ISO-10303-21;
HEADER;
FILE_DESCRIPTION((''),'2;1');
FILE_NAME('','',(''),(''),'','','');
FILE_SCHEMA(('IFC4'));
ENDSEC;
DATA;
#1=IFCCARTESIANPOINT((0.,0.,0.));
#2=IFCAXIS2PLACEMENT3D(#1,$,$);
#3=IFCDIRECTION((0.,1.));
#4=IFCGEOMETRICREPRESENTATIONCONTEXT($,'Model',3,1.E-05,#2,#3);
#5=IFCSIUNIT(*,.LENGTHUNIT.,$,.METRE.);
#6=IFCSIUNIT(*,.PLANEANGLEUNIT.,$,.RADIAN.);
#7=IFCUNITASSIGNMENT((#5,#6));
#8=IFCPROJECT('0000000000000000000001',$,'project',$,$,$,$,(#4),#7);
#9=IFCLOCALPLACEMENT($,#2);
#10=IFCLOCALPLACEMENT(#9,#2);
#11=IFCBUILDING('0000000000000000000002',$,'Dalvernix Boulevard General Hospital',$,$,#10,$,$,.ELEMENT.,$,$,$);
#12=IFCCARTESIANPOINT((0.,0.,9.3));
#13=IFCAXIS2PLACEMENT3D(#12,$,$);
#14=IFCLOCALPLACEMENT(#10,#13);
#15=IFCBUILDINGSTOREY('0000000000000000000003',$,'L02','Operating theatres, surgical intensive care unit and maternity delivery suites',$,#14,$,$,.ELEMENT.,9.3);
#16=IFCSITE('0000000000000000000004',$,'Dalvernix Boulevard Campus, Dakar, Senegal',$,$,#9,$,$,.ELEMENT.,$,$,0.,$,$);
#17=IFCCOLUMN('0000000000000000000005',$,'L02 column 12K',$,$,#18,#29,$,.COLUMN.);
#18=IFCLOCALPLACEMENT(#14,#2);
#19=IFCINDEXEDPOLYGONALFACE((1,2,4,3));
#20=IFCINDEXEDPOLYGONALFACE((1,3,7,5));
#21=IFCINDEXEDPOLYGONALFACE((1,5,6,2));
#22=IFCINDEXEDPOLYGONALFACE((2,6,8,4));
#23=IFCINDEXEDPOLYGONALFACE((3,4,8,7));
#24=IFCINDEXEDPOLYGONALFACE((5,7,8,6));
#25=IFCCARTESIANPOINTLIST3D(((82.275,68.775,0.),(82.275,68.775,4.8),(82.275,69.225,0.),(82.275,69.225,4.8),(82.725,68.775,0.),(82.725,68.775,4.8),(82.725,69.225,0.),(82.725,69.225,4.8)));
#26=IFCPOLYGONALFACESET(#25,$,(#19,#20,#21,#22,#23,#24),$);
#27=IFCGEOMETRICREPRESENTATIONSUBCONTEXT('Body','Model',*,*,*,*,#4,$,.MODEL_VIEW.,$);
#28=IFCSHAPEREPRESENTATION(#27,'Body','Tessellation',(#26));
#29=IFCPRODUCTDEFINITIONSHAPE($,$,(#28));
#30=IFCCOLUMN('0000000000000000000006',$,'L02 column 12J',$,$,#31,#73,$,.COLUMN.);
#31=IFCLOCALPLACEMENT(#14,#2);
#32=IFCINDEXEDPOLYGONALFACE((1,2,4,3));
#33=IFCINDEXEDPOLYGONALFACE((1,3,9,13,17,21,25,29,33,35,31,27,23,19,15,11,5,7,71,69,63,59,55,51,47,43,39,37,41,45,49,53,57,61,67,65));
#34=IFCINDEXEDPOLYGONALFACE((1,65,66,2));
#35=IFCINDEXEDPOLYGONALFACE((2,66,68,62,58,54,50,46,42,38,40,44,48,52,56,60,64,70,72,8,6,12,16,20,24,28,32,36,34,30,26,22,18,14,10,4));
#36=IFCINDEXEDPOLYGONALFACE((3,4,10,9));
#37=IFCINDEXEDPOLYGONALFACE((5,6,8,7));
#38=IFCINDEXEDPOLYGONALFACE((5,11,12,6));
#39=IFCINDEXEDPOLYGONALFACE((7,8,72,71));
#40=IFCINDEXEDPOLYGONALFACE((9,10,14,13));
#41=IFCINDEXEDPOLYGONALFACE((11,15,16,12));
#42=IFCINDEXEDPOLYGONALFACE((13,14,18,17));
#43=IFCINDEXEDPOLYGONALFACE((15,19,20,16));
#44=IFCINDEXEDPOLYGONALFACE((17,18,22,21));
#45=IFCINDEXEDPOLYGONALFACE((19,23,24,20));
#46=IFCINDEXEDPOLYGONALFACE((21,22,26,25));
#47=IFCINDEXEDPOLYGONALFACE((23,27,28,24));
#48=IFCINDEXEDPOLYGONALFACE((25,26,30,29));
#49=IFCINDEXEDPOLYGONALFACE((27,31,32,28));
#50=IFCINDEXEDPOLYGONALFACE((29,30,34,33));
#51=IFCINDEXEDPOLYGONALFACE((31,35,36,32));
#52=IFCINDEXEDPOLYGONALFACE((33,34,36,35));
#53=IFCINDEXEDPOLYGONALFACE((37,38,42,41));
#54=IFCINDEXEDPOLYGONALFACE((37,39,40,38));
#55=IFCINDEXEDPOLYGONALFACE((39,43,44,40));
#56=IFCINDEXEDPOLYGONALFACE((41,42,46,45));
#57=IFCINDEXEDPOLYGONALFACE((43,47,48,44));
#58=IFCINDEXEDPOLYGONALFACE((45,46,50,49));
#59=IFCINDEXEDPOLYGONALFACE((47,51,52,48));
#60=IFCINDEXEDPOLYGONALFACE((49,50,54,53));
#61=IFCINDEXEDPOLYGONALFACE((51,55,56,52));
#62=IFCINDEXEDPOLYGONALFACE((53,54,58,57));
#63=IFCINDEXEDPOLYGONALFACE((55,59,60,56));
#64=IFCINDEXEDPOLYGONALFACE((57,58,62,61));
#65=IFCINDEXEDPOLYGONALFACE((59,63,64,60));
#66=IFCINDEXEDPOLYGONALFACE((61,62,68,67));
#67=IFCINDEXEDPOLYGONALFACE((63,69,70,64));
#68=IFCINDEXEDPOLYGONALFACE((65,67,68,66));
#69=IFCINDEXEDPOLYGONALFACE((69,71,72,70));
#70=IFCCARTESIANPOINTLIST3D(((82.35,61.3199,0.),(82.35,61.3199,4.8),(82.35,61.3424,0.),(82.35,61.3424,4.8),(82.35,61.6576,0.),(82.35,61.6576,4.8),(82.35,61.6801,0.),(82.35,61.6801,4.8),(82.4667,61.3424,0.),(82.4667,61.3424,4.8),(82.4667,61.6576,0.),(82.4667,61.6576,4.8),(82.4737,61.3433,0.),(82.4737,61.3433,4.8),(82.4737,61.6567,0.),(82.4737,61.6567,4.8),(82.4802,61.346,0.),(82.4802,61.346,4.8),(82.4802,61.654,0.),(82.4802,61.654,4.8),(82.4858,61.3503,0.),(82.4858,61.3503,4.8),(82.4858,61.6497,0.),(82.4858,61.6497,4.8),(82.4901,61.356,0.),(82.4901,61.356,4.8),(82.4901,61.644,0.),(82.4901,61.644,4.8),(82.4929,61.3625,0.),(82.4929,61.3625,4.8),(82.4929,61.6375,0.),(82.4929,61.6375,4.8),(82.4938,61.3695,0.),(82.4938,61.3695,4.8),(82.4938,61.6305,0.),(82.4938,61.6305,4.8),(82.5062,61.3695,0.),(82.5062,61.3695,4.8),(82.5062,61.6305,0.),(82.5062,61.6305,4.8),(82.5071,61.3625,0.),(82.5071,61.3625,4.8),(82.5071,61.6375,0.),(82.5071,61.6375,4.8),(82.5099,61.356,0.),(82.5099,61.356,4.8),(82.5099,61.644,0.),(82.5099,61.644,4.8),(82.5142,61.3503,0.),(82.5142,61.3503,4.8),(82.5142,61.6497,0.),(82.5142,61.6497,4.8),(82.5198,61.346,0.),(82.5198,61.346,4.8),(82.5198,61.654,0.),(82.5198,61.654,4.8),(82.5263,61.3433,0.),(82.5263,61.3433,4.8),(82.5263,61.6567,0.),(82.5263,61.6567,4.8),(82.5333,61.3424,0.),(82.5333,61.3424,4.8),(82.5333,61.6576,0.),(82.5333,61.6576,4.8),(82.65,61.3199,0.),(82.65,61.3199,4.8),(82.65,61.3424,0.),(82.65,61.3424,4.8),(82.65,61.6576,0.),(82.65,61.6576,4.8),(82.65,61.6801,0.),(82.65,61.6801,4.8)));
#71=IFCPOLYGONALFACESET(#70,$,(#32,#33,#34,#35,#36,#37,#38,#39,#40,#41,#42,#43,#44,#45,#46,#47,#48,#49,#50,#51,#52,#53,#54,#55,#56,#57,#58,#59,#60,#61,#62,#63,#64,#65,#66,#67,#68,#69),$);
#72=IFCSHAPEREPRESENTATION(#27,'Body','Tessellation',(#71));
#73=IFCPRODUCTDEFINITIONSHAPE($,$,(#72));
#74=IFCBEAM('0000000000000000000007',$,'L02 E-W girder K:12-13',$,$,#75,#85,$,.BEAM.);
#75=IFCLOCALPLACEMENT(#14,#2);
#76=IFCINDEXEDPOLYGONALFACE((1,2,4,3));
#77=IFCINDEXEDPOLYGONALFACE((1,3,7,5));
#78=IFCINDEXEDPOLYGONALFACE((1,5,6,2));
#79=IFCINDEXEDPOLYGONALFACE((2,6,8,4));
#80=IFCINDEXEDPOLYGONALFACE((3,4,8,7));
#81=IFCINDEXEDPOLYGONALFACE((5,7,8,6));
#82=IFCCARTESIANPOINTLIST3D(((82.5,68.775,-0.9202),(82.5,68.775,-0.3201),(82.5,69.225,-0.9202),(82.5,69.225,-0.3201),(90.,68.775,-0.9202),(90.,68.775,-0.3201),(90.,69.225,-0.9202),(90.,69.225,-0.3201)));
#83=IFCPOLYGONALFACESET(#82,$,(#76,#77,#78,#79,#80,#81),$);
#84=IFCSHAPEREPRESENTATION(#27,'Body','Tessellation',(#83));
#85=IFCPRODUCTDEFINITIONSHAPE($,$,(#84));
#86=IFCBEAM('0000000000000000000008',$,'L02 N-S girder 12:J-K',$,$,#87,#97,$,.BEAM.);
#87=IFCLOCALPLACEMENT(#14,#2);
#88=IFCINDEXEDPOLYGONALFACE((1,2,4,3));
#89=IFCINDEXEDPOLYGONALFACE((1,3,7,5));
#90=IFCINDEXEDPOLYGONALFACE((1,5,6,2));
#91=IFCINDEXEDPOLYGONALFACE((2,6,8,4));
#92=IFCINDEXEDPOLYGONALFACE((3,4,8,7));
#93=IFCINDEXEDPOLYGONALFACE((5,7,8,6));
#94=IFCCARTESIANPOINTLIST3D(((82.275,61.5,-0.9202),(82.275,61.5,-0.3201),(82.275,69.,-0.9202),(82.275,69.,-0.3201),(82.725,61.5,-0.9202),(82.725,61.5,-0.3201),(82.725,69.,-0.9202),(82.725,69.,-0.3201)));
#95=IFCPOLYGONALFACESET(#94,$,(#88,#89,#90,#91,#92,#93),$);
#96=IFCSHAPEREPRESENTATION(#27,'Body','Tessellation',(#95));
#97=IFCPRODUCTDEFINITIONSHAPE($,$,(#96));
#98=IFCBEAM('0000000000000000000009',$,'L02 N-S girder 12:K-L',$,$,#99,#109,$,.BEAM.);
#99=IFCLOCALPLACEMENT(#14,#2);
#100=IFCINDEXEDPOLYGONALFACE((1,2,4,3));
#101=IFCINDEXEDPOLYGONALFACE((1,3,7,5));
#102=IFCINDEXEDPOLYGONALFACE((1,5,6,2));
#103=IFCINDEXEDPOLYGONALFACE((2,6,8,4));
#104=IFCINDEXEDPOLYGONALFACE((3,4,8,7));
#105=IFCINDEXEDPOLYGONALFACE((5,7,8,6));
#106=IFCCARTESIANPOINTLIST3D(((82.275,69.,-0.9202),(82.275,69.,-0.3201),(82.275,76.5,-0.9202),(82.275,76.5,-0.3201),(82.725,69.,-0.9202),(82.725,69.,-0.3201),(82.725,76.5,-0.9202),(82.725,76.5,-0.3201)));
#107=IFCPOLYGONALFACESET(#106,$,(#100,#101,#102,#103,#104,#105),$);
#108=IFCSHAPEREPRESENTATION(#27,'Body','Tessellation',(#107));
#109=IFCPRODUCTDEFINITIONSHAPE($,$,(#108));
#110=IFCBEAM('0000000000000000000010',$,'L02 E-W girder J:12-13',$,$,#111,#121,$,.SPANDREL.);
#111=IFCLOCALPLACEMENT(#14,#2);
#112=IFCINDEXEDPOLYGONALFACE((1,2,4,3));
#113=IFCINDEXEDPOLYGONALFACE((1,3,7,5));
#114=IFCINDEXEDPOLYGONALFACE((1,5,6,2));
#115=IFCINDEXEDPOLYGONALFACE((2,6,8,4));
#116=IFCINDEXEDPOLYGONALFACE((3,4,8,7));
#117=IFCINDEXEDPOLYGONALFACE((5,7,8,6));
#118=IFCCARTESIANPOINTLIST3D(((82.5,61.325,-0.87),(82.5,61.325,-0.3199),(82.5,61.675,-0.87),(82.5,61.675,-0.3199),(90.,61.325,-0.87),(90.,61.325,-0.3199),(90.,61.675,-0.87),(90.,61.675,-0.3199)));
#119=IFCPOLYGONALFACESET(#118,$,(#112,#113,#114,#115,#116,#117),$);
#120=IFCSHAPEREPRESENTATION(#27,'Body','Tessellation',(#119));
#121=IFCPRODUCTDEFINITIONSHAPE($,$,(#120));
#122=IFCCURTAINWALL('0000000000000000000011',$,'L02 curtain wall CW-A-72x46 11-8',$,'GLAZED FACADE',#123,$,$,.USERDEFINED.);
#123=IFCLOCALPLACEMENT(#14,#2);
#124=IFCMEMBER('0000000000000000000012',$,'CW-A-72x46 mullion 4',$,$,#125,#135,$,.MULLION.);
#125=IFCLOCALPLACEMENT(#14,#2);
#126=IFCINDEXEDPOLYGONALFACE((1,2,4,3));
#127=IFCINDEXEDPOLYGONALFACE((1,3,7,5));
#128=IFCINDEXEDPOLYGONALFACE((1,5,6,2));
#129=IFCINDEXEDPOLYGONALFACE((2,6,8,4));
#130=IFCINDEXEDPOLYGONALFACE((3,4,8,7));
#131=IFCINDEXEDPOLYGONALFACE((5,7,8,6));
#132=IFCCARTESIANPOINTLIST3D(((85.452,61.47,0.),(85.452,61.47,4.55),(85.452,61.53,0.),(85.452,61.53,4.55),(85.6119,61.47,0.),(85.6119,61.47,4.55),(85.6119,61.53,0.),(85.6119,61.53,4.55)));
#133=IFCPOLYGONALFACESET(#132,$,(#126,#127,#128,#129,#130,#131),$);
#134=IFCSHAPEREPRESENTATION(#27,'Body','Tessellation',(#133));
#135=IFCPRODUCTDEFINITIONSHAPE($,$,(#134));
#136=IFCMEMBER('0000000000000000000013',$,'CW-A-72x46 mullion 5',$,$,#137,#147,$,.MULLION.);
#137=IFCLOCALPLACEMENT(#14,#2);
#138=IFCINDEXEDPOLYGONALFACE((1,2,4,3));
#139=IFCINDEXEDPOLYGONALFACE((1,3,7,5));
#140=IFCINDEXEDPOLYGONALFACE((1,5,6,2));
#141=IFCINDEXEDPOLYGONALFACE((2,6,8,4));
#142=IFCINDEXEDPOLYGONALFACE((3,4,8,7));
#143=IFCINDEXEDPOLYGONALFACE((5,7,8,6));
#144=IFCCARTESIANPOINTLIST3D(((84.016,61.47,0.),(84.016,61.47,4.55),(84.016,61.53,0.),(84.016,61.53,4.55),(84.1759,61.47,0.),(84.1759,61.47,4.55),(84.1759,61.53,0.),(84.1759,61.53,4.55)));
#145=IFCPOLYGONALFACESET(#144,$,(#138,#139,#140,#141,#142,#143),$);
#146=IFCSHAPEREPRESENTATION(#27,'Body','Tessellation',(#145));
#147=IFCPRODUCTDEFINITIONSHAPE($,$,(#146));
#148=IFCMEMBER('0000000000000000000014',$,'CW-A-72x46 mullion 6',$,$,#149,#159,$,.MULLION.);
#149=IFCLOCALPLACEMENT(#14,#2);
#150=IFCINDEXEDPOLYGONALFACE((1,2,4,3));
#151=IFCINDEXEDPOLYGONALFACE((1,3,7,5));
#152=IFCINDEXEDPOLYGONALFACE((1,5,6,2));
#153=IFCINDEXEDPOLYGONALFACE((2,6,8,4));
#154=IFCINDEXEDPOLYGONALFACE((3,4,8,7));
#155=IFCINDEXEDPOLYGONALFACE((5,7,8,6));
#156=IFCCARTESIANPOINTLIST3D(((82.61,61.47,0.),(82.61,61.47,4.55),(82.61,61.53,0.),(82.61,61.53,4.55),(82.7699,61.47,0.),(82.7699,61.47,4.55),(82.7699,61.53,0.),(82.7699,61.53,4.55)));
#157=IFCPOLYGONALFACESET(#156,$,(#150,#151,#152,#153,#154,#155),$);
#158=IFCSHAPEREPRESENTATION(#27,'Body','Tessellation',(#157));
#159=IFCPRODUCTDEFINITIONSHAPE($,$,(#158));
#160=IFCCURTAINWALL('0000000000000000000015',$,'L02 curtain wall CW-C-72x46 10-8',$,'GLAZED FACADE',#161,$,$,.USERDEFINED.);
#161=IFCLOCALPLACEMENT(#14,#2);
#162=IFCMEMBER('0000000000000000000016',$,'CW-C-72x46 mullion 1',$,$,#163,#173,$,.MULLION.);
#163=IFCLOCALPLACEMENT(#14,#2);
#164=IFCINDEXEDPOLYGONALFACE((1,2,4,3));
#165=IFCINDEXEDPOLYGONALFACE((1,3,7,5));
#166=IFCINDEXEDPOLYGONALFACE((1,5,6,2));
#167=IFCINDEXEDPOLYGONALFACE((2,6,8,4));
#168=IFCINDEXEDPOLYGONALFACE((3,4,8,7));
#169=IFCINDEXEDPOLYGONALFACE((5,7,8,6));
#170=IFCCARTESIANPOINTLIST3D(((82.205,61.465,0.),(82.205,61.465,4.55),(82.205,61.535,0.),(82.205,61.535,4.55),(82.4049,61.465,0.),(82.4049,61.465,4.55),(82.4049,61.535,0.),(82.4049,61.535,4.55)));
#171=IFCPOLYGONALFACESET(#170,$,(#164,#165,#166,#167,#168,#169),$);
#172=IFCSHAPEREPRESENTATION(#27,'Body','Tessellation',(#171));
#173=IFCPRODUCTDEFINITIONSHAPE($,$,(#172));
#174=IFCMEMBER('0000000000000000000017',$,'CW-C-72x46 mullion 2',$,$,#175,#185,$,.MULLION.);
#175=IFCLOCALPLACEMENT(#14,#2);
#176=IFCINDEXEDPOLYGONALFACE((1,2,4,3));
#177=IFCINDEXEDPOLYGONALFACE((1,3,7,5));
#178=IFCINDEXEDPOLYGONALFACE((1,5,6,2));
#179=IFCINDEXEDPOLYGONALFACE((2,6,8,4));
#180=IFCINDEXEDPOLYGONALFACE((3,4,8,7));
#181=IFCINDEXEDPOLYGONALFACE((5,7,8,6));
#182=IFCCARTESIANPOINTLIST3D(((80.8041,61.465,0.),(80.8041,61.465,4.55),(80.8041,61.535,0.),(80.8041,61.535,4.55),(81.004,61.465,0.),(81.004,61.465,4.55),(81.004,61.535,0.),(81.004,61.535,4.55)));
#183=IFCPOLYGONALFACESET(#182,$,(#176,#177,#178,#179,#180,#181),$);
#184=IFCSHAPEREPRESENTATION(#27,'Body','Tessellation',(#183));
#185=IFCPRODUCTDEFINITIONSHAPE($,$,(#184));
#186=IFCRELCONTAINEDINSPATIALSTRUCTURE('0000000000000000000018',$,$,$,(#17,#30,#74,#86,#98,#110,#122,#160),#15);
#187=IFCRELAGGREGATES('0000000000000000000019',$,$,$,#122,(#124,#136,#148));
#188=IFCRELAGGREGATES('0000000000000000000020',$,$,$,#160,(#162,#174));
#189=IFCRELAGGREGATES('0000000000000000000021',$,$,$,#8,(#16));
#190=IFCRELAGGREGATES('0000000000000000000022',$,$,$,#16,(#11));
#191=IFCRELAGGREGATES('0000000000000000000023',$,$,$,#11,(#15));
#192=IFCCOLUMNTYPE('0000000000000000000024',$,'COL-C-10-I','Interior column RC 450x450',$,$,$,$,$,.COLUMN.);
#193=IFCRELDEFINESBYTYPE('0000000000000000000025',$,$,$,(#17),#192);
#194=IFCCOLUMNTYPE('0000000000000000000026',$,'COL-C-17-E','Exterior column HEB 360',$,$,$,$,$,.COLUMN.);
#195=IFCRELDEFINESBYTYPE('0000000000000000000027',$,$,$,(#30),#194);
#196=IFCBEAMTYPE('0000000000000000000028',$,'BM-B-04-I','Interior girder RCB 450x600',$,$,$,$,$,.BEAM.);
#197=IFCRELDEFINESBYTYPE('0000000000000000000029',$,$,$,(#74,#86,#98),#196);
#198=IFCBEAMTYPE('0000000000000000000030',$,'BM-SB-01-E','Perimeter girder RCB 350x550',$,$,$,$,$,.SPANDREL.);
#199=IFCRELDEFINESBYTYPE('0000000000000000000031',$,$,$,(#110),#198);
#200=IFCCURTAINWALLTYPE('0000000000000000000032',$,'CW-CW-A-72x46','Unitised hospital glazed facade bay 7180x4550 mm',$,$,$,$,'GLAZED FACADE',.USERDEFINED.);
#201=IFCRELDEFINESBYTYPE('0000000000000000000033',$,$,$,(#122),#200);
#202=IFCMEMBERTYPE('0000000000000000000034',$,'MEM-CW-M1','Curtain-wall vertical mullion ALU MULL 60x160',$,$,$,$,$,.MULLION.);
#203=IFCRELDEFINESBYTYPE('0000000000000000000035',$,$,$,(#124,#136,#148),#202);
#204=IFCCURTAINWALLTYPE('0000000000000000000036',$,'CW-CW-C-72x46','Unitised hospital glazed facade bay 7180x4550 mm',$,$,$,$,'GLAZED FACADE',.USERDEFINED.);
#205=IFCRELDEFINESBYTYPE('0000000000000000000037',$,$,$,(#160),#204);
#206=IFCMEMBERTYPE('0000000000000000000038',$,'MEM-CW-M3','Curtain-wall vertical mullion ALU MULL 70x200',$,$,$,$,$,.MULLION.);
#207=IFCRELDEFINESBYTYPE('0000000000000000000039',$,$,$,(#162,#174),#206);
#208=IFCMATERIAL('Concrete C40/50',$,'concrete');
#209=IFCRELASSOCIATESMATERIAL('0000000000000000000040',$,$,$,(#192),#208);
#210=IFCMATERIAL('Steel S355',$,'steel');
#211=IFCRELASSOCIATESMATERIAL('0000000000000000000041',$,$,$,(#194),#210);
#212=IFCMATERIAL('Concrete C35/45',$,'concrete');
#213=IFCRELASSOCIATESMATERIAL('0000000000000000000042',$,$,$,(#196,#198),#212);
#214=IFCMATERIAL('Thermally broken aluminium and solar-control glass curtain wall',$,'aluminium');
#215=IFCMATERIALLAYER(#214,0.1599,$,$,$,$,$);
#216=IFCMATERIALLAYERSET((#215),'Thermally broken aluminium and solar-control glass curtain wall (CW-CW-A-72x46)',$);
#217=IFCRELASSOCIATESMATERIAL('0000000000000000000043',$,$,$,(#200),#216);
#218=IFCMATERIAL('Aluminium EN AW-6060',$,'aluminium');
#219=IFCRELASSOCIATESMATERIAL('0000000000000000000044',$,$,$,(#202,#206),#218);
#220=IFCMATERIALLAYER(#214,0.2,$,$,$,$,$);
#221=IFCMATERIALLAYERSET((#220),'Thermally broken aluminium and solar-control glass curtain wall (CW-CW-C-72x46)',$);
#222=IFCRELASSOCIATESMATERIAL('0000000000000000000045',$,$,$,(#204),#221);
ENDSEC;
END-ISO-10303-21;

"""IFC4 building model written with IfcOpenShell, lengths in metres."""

from ifc_helpers import new_model, si_unit, direction, frame, origin, origin_2d, place, context, subcontext, project, spatial, rectangle, i_section, extrude, material, layer, layer_set, material_profile, profile_set, type_object, element, aggregate, save


model = new_model("IFC4")

# Units and contexts
model_context = context("Model", 3, precision=1e-05, world=origin(), true_north=direction((0.0, 1.0)))
body_context = subcontext(model_context, "Body", "Model", "MODEL_VIEW")
ifc_project = project(units=[si_unit("LENGTHUNIT", "METRE"), si_unit("PLANEANGLEUNIT", "RADIAN")], contexts=[model_context])

# Site, building, storey
site_placement = place(None, origin())
site = spatial("IfcSite", under=ifc_project, at=site_placement, Name="Dalvernix Boulevard Campus, Dakar, Senegal", CompositionType="ELEMENT", RefElevation=0.0)
building_placement = place(site_placement, origin())
building = spatial("IfcBuilding", under=site, at=building_placement, Name="Dalvernix Boulevard General Hospital", CompositionType="ELEMENT")
storey_placement = place(building_placement, frame((0.0, 0.0, 9.3)))
storey = spatial("IfcBuildingStorey", under=building, at=storey_placement, Name="L02", Description="Operating theatres, surgical intensive care unit and maternity delivery suites", CompositionType="ELEMENT", Elevation=9.3)

# Columns
ifc_material_1 = material(Name="Concrete C40/50", Category="concrete")
ifc_material_profile_1 = material_profile(ifc_material_1, rectangle(XDim=0.45, YDim=0.45, at=origin_2d()), Name="RC 450x450")
ifc_profile_set_1 = profile_set([ifc_material_profile_1], Name="Concrete C40/50")
column_type_1 = type_object("IfcColumnType", Name="COL-C-10-I", Description="Interior column RC 450x450", PredefinedType="COLUMN", material=ifc_profile_set_1)
column_1_placement = place(storey_placement, frame((82.5, 69.0, 0.0), z_axis=(0.0, 0.0, 1.0), x_axis=(1.0, 0.0, 0.0)))
element("IfcColumn", 1, at=column_1_placement, inside=storey, type_object=column_type_1, Name="L02 column 12K", PredefinedType="COLUMN", context=body_context, shape_type="SweptSolid", body=[
    extrude(rectangle(XDim=0.45, YDim=0.45, at=origin_2d()), origin(), (0.0, 0.0, 1.0), 4.8),
])
ifc_material_2 = material(Name="Steel S355", Category="steel")
ifc_material_profile_2 = material_profile(ifc_material_2, i_section(OverallWidth=0.3, OverallDepth=0.3601, WebThickness=0.0125, FlangeThickness=0.0225, FilletRadius=0.0271, at=origin_2d()), Name="HEB 360")
ifc_profile_set_2 = profile_set([ifc_material_profile_2], Name="Steel S355")
column_type_2 = type_object("IfcColumnType", Name="COL-C-17-E", Description="Exterior column HEB 360", PredefinedType="COLUMN", material=ifc_profile_set_2)
column_2_placement = place(storey_placement, frame((82.5, 61.5, 0.0), z_axis=(0.0, 0.0, 1.0), x_axis=(1.0, 0.0, 0.0)))
element("IfcColumn", 2, at=column_2_placement, inside=storey, type_object=column_type_2, Name="L02 column 12J", PredefinedType="COLUMN", context=body_context, shape_type="SweptSolid", body=[
    extrude(i_section(OverallWidth=0.3, OverallDepth=0.3601, WebThickness=0.0125, FlangeThickness=0.0225, FilletRadius=0.0271, at=origin_2d()), origin(), (0.0, 0.0, 1.0), 4.8),
])

# Beams
ifc_material_3 = material(Name="Concrete C35/45", Category="concrete")
ifc_material_profile_3 = material_profile(ifc_material_3, rectangle(XDim=0.45, YDim=0.6001, at=origin_2d()), Name="RCB 450x600")
ifc_profile_set_3 = profile_set([ifc_material_profile_3], Name="Concrete C35/45")
beam_type_1 = type_object("IfcBeamType", Name="BM-B-04-I", Description="Interior girder RCB 450x600", PredefinedType="BEAM", material=ifc_profile_set_3)
for number, where, z_axis, x_axis, name in (
    (3, (82.5, 69.0, -0.6201), (1.0, 0.0, 0.0), (0.0, 1.0, 0.0), "L02 E-W girder K:12-13"),
    (4, (82.5, 61.5, -0.6201), (0.0, 1.0, 0.0), (-1.0, 0.0, 0.0), "L02 N-S girder 12:J-K"),
    (5, (82.5, 69.0, -0.6201), (0.0, 1.0, 0.0), (-1.0, 0.0, 0.0), "L02 N-S girder 12:K-L"),
):
    element("IfcBeam", number, at=place(storey_placement, frame(where, z_axis=z_axis, x_axis=x_axis)), inside=storey, type_object=beam_type_1, Name=name, PredefinedType="BEAM", context=body_context, shape_type="SweptSolid", body=[
        extrude(rectangle(XDim=0.45, YDim=0.6001, at=origin_2d()), origin(), (0.0, 0.0, 1.0), 7.5),
    ])
ifc_material_profile_4 = material_profile(ifc_material_3, rectangle(XDim=0.3501, YDim=0.55, at=origin_2d()), Name="RCB 350x550")
ifc_profile_set_4 = profile_set([ifc_material_profile_4], Name="Concrete C35/45")
beam_type_2 = type_object("IfcBeamType", Name="BM-SB-01-E", Description="Perimeter girder RCB 350x550", PredefinedType="SPANDREL", material=ifc_profile_set_4)
beam_placement = place(storey_placement, frame((82.5, 61.5, -0.595), z_axis=(1.0, 0.0, 0.0), x_axis=(0.0, 1.0, 0.0)))
element("IfcBeam", 6, at=beam_placement, inside=storey, type_object=beam_type_2, Name="L02 E-W girder J:12-13", PredefinedType="SPANDREL", context=body_context, shape_type="SweptSolid", body=[
    extrude(rectangle(XDim=0.3501, YDim=0.55, at=origin_2d()), origin(), (0.0, 0.0, 1.0), 7.5),
])

# Curtain walls, members
ifc_material_4 = material(Name="Thermally broken aluminium and solar-control glass curtain wall", Category="aluminium")
ifc_layer_1 = layer(ifc_material_4, 0.1599)
ifc_layer_set_1 = layer_set([ifc_layer_1], Name="Thermally broken aluminium and solar-control glass curtain wall (CW-CW-A-72x46)")
curtain_wall_type_1 = type_object("IfcCurtainWallType", Name="CW-CW-A-72x46", Description="Unitised hospital glazed facade bay 7180x4550 mm", ElementType="GLAZED FACADE", PredefinedType="USERDEFINED", material=ifc_layer_set_1)
curtain_wall_1_placement = place(storey_placement, origin())
curtain_wall_1 = element("IfcCurtainWall", 7, at=curtain_wall_1_placement, inside=storey, type_object=curtain_wall_type_1, Name="L02 curtain wall CW-A-72x46 11-8", ObjectType="GLAZED FACADE", PredefinedType="USERDEFINED")
ifc_material_5 = material(Name="Aluminium EN AW-6060", Category="aluminium")
ifc_material_profile_5 = material_profile(ifc_material_5, rectangle(XDim=0.0601, YDim=0.1599, at=origin_2d()), Name="ALU MULL 60x160")
ifc_profile_set_5 = profile_set([ifc_material_profile_5], Name="Aluminium EN AW-6060")
member_type_1 = type_object("IfcMemberType", Name="MEM-CW-M1", Description="Curtain-wall vertical mullion ALU MULL 60x160", PredefinedType="MULLION", material=ifc_profile_set_5)
member_1_placement = place(storey_placement, frame((85.532, 61.5, 0.0), z_axis=(0.0, 0.0, 1.0), x_axis=(0.0, -1.0, 0.0)))
member_1 = element("IfcMember", 8, at=member_1_placement, type_object=member_type_1, Name="CW-A-72x46 mullion 4", PredefinedType="MULLION", context=body_context, shape_type="SweptSolid", body=[
    extrude(rectangle(XDim=0.0601, YDim=0.1599, at=origin_2d()), origin(), (0.0, 0.0, 1.0), 4.55),
])
member_2_placement = place(storey_placement, frame((84.0959, 61.5, 0.0), z_axis=(0.0, 0.0, 1.0), x_axis=(0.0, -1.0, 0.0)))
member_2 = element("IfcMember", 9, at=member_2_placement, type_object=member_type_1, Name="CW-A-72x46 mullion 5", PredefinedType="MULLION", context=body_context, shape_type="SweptSolid", body=[
    extrude(rectangle(XDim=0.0601, YDim=0.1599, at=origin_2d()), origin(), (0.0, 0.0, 1.0), 4.55),
])
member_3_placement = place(storey_placement, frame((82.6899, 61.5, 0.0), z_axis=(0.0, 0.0, 1.0), x_axis=(0.0, -1.0, 0.0)))
member_3 = element("IfcMember", 10, at=member_3_placement, type_object=member_type_1, Name="CW-A-72x46 mullion 6", PredefinedType="MULLION", context=body_context, shape_type="SweptSolid", body=[
    extrude(rectangle(XDim=0.0601, YDim=0.1599, at=origin_2d()), origin(), (0.0, 0.0, 1.0), 4.55),
])
ifc_layer_2 = layer(ifc_material_4, 0.2)
ifc_layer_set_2 = layer_set([ifc_layer_2], Name="Thermally broken aluminium and solar-control glass curtain wall (CW-CW-C-72x46)")
curtain_wall_type_2 = type_object("IfcCurtainWallType", Name="CW-CW-C-72x46", Description="Unitised hospital glazed facade bay 7180x4550 mm", ElementType="GLAZED FACADE", PredefinedType="USERDEFINED", material=ifc_layer_set_2)
curtain_wall_2_placement = place(storey_placement, origin())
curtain_wall_2 = element("IfcCurtainWall", 11, at=curtain_wall_2_placement, inside=storey, type_object=curtain_wall_type_2, Name="L02 curtain wall CW-C-72x46 10-8", ObjectType="GLAZED FACADE", PredefinedType="USERDEFINED")
ifc_material_profile_6 = material_profile(ifc_material_5, rectangle(XDim=0.0701, YDim=0.2, at=origin_2d()), Name="ALU MULL 70x200")
ifc_profile_set_6 = profile_set([ifc_material_profile_6], Name="Aluminium EN AW-6060")
member_type_2 = type_object("IfcMemberType", Name="MEM-CW-M3", Description="Curtain-wall vertical mullion ALU MULL 70x200", PredefinedType="MULLION", material=ifc_profile_set_6)
member_4_placement = place(storey_placement, frame((82.3049, 61.5, 0.0), z_axis=(0.0, 0.0, 1.0), x_axis=(0.0, -1.0, 0.0)))
member_4 = element("IfcMember", 12, at=member_4_placement, type_object=member_type_2, Name="CW-C-72x46 mullion 1", PredefinedType="MULLION", context=body_context, shape_type="SweptSolid", body=[
    extrude(rectangle(XDim=0.0701, YDim=0.2, at=origin_2d()), origin(), (0.0, 0.0, 1.0), 4.55),
])
member_5_placement = place(storey_placement, frame((80.9041, 61.5, 0.0), z_axis=(0.0, 0.0, 1.0), x_axis=(0.0, -1.0, 0.0)))
member_5 = element("IfcMember", 13, at=member_5_placement, type_object=member_type_2, Name="CW-C-72x46 mullion 2", PredefinedType="MULLION", context=body_context, shape_type="SweptSolid", body=[
    extrude(rectangle(XDim=0.0701, YDim=0.2, at=origin_2d()), origin(), (0.0, 0.0, 1.0), 4.55),
])

aggregate(curtain_wall_1, [member_1, member_2, member_3])
aggregate(curtain_wall_2, [member_4, member_5])

save(model, "model.ifc")
